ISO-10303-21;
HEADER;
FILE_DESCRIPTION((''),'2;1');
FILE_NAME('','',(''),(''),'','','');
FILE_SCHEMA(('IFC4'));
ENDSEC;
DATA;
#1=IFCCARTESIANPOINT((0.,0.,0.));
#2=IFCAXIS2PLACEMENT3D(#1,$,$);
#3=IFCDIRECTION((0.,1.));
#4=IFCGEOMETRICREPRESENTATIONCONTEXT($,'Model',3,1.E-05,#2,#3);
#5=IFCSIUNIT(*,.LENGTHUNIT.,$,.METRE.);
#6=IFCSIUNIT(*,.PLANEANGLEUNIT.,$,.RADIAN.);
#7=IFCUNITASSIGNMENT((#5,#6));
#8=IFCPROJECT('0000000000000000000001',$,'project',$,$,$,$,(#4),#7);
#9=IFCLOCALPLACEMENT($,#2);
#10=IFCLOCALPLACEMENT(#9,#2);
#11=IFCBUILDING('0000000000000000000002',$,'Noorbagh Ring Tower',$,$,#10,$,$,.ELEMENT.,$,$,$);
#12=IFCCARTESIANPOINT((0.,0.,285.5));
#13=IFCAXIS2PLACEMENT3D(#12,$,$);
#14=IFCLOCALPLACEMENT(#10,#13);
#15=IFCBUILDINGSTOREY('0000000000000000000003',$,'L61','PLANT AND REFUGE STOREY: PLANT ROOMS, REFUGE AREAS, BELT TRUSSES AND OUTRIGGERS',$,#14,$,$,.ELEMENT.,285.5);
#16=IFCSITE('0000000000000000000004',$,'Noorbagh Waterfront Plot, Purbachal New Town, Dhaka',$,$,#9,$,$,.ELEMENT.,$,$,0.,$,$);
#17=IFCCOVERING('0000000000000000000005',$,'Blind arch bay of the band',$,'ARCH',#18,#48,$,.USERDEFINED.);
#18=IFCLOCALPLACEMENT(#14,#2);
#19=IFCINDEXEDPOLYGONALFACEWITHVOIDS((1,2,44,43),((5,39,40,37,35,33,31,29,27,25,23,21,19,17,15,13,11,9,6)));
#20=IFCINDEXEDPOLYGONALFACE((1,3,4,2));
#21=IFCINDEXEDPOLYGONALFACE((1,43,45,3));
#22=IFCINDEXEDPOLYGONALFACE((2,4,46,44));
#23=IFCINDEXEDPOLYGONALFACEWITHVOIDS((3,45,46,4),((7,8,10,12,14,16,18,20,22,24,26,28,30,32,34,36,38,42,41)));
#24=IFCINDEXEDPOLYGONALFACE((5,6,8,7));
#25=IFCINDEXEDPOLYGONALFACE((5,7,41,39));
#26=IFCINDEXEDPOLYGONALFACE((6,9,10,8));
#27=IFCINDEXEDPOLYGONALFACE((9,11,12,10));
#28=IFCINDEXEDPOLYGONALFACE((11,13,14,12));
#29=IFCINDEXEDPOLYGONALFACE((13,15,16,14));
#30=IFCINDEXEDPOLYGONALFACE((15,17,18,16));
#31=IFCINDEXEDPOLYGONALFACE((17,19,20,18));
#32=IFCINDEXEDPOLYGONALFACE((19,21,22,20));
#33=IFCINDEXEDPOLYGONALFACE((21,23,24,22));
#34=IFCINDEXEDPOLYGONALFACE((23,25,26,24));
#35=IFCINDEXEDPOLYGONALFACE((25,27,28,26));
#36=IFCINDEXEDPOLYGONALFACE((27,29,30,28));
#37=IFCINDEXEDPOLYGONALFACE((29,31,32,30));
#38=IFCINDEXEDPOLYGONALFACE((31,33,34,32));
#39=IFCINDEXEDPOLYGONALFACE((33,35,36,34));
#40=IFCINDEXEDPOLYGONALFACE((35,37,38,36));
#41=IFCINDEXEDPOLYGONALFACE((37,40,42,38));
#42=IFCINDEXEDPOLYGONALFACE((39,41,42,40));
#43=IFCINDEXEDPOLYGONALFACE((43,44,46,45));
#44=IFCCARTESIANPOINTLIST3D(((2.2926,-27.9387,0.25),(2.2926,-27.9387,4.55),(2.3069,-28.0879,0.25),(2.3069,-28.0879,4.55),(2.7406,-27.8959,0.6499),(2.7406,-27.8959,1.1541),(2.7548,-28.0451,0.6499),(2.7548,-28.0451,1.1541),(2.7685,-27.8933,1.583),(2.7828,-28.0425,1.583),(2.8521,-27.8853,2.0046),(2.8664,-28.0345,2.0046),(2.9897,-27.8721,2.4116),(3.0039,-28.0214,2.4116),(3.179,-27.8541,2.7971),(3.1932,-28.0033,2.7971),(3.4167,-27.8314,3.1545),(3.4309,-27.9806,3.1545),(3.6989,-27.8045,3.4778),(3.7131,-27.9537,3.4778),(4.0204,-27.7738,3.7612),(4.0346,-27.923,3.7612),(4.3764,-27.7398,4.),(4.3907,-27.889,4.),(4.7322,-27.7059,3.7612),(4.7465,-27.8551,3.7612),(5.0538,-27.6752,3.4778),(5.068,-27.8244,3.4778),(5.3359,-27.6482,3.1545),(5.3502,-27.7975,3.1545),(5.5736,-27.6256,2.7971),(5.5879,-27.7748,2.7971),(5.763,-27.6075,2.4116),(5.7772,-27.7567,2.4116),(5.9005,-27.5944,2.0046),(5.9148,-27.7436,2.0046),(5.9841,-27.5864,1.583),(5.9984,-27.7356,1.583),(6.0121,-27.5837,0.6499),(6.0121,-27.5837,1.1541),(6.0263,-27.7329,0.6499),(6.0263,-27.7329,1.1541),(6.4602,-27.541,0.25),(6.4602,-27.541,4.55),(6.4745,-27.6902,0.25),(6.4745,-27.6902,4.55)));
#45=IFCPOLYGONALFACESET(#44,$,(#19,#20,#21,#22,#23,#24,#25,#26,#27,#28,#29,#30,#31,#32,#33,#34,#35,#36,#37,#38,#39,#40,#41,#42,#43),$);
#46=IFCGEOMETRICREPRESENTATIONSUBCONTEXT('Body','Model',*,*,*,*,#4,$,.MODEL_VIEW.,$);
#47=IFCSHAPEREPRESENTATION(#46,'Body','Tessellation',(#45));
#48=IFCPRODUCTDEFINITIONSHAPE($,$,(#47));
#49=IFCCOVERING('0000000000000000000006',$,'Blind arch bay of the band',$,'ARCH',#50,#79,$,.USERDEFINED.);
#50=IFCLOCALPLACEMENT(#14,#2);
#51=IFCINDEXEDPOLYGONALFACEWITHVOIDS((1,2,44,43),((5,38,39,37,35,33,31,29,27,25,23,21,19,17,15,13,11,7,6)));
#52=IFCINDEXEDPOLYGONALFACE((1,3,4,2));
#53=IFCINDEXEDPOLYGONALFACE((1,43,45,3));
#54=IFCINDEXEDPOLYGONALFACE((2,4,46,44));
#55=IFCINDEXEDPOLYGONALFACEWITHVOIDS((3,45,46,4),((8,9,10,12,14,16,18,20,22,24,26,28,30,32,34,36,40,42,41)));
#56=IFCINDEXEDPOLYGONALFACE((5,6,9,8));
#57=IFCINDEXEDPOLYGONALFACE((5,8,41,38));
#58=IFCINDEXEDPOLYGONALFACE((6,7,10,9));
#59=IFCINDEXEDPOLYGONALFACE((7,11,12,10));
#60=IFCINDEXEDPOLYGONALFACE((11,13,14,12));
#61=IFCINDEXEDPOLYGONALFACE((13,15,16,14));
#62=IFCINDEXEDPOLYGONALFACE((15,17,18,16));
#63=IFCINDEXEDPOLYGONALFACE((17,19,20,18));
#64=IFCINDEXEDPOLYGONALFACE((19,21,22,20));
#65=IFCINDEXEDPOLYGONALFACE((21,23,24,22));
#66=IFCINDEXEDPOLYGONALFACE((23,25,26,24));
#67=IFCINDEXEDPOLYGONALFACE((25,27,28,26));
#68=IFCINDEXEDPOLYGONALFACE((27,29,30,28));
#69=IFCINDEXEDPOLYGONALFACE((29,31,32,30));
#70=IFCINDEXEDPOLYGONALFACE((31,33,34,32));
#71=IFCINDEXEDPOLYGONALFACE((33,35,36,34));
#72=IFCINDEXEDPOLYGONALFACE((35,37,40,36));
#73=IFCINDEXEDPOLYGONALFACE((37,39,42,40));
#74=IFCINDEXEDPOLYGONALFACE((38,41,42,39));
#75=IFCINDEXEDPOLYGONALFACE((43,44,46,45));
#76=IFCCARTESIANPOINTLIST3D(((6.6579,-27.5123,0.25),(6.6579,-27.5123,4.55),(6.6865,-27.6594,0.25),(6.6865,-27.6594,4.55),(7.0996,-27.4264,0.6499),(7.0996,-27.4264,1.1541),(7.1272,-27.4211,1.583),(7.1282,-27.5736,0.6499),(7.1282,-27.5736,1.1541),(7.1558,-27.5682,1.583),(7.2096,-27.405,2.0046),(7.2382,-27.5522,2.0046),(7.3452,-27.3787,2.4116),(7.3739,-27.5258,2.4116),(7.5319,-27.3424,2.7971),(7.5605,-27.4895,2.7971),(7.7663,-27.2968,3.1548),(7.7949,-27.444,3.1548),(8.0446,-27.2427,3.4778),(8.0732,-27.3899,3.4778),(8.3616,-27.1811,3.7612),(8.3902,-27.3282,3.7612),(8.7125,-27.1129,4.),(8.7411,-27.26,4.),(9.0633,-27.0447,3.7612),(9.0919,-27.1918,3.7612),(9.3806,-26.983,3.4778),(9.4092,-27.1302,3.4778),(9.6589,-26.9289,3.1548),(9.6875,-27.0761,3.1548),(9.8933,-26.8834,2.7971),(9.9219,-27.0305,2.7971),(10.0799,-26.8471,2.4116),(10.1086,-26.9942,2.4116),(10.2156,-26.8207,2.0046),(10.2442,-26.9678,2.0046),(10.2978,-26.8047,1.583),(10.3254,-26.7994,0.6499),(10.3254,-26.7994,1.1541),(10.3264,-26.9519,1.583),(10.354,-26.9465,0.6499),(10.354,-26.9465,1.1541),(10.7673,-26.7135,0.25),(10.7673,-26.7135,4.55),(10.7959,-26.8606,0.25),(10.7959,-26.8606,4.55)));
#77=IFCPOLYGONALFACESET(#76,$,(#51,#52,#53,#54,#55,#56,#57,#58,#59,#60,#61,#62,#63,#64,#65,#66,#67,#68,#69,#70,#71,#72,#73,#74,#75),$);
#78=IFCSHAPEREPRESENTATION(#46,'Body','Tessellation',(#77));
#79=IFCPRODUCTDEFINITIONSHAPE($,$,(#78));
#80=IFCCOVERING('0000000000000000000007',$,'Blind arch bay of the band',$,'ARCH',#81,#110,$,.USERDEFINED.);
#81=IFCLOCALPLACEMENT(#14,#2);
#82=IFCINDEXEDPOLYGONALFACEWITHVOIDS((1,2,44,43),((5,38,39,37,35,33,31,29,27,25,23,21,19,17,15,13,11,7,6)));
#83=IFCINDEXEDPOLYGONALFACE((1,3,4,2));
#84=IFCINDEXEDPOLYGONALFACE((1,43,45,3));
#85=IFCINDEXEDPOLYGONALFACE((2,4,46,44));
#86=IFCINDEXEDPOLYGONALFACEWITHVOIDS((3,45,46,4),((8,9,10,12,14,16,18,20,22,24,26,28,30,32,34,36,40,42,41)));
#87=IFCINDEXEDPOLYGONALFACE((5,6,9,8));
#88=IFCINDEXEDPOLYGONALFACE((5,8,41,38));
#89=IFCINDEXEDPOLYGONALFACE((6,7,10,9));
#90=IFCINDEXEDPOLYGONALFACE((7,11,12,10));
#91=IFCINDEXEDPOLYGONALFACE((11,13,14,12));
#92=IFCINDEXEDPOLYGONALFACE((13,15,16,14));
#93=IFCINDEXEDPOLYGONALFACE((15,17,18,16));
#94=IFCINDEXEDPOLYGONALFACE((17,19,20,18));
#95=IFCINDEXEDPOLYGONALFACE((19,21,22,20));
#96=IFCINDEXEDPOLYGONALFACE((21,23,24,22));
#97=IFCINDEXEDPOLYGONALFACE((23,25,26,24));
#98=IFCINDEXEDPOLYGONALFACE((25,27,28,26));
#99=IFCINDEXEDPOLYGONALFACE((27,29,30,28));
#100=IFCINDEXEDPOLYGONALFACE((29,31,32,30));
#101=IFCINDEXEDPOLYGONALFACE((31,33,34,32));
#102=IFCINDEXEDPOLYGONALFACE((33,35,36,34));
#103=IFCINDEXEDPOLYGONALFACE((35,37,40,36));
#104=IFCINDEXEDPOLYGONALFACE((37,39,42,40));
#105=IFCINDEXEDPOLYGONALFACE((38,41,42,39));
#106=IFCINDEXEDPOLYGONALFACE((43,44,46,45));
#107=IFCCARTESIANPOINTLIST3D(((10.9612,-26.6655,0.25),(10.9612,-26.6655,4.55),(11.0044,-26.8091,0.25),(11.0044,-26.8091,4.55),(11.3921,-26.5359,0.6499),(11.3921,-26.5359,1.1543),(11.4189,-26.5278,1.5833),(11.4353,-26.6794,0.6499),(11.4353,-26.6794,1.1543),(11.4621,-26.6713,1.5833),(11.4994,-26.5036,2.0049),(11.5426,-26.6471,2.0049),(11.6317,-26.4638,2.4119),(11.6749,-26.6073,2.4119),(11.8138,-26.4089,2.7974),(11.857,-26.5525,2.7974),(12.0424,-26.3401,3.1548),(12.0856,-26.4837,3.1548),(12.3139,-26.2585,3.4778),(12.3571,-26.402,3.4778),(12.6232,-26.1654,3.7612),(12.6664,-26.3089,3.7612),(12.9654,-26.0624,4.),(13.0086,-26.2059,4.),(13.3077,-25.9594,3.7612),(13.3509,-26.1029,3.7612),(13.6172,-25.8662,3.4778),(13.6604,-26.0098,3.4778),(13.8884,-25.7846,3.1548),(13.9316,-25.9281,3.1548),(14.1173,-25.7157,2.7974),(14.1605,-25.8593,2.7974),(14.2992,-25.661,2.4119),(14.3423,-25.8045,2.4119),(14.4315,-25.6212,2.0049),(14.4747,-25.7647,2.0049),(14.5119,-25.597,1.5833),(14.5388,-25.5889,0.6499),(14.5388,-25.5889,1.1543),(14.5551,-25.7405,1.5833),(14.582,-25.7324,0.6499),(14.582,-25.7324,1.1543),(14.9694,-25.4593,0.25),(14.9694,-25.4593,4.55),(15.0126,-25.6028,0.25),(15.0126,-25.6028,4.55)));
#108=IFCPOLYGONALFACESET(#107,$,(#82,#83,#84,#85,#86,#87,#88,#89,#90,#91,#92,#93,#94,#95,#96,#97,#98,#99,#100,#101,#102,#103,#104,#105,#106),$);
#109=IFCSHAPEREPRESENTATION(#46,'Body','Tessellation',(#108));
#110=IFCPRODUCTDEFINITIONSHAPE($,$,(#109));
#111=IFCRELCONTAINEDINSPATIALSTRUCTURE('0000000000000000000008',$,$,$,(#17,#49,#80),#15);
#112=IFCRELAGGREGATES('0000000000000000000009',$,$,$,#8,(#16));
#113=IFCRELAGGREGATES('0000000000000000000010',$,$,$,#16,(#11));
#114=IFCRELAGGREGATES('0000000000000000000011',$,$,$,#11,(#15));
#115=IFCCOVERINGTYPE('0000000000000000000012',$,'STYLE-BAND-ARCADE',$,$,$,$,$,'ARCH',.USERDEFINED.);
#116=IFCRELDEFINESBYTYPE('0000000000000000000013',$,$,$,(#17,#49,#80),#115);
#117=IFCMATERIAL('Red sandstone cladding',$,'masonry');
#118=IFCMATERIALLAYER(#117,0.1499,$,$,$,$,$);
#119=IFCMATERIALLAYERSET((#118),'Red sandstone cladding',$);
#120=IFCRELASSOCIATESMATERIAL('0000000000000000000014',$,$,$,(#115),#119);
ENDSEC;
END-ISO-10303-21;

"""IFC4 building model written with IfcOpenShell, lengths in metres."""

from ifc_helpers import new_model, si_unit, direction, frame, origin, place, context, subcontext, project, spatial, polyline, outline, extrude, material, layer, layer_set, type_object, element, save


model = new_model("IFC4")

# Units and contexts
model_context = context("Model", 3, precision=1e-05, world=origin(), true_north=direction((0.0, 1.0)))
body_context = subcontext(model_context, "Body", "Model", "MODEL_VIEW")
ifc_project = project(units=[si_unit("LENGTHUNIT", "METRE"), si_unit("PLANEANGLEUNIT", "RADIAN")], contexts=[model_context])

# Site, building, storey
site_placement = place(None, origin())
site = spatial("IfcSite", under=ifc_project, at=site_placement, Name="Noorbagh Waterfront Plot, Purbachal New Town, Dhaka", CompositionType="ELEMENT", RefElevation=0.0)
building_placement = place(site_placement, origin())
building = spatial("IfcBuilding", under=site, at=building_placement, Name="Noorbagh Ring Tower", CompositionType="ELEMENT")
storey_placement = place(building_placement, frame((0.0, 0.0, 285.5)))
storey = spatial("IfcBuildingStorey", under=building, at=storey_placement, Name="L61", Description="PLANT AND REFUGE STOREY: PLANT ROOMS, REFUGE AREAS, BELT TRUSSES AND OUTRIGGERS", CompositionType="ELEMENT", Elevation=285.5)

# Coverings
ifc_material_1 = material(Name="Red sandstone cladding", Category="masonry")
ifc_layer_1 = layer(ifc_material_1, 0.1499)
ifc_layer_set_1 = layer_set([ifc_layer_1], Name="Red sandstone cladding")
covering_type_1 = type_object("IfcCoveringType", Name="STYLE-BAND-ARCADE", ElementType="ARCH", PredefinedType="USERDEFINED", material=ifc_layer_set_1)
covering_1_placement = place(storey_placement, frame((2.3069, -28.0879, 0.25), z_axis=(0.094999, -0.995477, 0.0), x_axis=(0.995477, 0.094999, 0.0)))
element("IfcCovering", 1, at=covering_1_placement, inside=storey, type_object=covering_type_1, Name="Blind arch bay of the band", ObjectType="ARCH", PredefinedType="USERDEFINED", context=body_context, shape_type="SweptSolid", body=[
    extrude(outline(polyline([(0.0, 0.0), (4.1865, 0.0), (4.1865, 4.3), (0.0, 4.3), (0.0, 0.0)]), holes=[polyline([(0.45, 0.3999), (0.45, 0.9041), (0.478, 1.333), (0.562, 1.7546), (0.7002, 2.1616), (0.8904, 2.5471), (1.1292, 2.9045), (1.4126, 3.2278), (1.7356, 3.5112), (2.0933, 3.75), (2.4507, 3.5112), (2.7737, 3.2278), (3.0571, 2.9045), (3.2959, 2.5471), (3.4861, 2.1616), (3.6243, 1.7546), (3.7083, 1.333), (3.7363, 0.9041), (3.7363, 0.3999), (0.45, 0.3999)])]), origin(), (0.0, 0.0, -1.0), 0.1499),
])
covering_2_placement = place(storey_placement, frame((6.6865, -27.6594, 0.25), z_axis=(0.19082, -0.981625, 0.0), x_axis=(0.981625, 0.19082, 0.0)))
element("IfcCovering", 2, at=covering_2_placement, inside=storey, type_object=covering_type_1, Name="Blind arch bay of the band", ObjectType="ARCH", PredefinedType="USERDEFINED", context=body_context, shape_type="SweptSolid", body=[
    extrude(outline(polyline([(0.0, 0.0), (4.1863, 0.0), (4.1863, 4.3), (0.0, 4.3), (0.0, 0.0)]), holes=[polyline([(0.45, 0.3999), (0.45, 0.9041), (0.478, 1.333), (0.562, 1.7546), (0.7002, 2.1616), (0.8904, 2.5471), (1.1292, 2.9048), (1.4126, 3.2278), (1.7356, 3.5112), (2.093, 3.75), (2.4504, 3.5112), (2.7737, 3.2278), (3.0571, 2.9048), (3.2959, 2.5471), (3.4861, 2.1616), (3.6243, 1.7546), (3.708, 1.333), (3.7361, 0.9041), (3.7361, 0.3999), (0.45, 0.3999)])]), origin(), (0.0, 0.0, -1.0), 0.1499),
])
covering_3_placement = place(storey_placement, frame((11.0044, -26.8091, 0.25), z_axis=(0.288183, -0.957575, 0.0), x_axis=(0.957575, 0.288183, 0.0)))
element("IfcCovering", 3, at=covering_3_placement, inside=storey, type_object=covering_type_1, Name="Blind arch bay of the band", ObjectType="ARCH", PredefinedType="USERDEFINED", context=body_context, shape_type="SweptSolid", body=[
    extrude(outline(polyline([(0.0, 0.0), (4.1858, 0.0), (4.1858, 4.3), (0.0, 4.3), (0.0, 0.0)]), holes=[polyline([(0.45, 0.3999), (0.45, 0.9043), (0.478, 1.3333), (0.562, 1.7549), (0.7002, 2.1619), (0.8904, 2.5474), (1.1292, 2.9048), (1.4126, 3.2278), (1.7356, 3.5112), (2.093, 3.75), (2.4504, 3.5112), (2.7737, 3.2278), (3.0569, 2.9048), (3.2959, 2.5474), (3.4858, 2.1619), (3.624, 1.7549), (3.708, 1.3333), (3.7361, 0.9043), (3.7361, 0.3999), (0.45, 0.3999)])]), origin(), (0.0, 0.0, -1.0), 0.1499),
])

save(model, "model.ifc")
